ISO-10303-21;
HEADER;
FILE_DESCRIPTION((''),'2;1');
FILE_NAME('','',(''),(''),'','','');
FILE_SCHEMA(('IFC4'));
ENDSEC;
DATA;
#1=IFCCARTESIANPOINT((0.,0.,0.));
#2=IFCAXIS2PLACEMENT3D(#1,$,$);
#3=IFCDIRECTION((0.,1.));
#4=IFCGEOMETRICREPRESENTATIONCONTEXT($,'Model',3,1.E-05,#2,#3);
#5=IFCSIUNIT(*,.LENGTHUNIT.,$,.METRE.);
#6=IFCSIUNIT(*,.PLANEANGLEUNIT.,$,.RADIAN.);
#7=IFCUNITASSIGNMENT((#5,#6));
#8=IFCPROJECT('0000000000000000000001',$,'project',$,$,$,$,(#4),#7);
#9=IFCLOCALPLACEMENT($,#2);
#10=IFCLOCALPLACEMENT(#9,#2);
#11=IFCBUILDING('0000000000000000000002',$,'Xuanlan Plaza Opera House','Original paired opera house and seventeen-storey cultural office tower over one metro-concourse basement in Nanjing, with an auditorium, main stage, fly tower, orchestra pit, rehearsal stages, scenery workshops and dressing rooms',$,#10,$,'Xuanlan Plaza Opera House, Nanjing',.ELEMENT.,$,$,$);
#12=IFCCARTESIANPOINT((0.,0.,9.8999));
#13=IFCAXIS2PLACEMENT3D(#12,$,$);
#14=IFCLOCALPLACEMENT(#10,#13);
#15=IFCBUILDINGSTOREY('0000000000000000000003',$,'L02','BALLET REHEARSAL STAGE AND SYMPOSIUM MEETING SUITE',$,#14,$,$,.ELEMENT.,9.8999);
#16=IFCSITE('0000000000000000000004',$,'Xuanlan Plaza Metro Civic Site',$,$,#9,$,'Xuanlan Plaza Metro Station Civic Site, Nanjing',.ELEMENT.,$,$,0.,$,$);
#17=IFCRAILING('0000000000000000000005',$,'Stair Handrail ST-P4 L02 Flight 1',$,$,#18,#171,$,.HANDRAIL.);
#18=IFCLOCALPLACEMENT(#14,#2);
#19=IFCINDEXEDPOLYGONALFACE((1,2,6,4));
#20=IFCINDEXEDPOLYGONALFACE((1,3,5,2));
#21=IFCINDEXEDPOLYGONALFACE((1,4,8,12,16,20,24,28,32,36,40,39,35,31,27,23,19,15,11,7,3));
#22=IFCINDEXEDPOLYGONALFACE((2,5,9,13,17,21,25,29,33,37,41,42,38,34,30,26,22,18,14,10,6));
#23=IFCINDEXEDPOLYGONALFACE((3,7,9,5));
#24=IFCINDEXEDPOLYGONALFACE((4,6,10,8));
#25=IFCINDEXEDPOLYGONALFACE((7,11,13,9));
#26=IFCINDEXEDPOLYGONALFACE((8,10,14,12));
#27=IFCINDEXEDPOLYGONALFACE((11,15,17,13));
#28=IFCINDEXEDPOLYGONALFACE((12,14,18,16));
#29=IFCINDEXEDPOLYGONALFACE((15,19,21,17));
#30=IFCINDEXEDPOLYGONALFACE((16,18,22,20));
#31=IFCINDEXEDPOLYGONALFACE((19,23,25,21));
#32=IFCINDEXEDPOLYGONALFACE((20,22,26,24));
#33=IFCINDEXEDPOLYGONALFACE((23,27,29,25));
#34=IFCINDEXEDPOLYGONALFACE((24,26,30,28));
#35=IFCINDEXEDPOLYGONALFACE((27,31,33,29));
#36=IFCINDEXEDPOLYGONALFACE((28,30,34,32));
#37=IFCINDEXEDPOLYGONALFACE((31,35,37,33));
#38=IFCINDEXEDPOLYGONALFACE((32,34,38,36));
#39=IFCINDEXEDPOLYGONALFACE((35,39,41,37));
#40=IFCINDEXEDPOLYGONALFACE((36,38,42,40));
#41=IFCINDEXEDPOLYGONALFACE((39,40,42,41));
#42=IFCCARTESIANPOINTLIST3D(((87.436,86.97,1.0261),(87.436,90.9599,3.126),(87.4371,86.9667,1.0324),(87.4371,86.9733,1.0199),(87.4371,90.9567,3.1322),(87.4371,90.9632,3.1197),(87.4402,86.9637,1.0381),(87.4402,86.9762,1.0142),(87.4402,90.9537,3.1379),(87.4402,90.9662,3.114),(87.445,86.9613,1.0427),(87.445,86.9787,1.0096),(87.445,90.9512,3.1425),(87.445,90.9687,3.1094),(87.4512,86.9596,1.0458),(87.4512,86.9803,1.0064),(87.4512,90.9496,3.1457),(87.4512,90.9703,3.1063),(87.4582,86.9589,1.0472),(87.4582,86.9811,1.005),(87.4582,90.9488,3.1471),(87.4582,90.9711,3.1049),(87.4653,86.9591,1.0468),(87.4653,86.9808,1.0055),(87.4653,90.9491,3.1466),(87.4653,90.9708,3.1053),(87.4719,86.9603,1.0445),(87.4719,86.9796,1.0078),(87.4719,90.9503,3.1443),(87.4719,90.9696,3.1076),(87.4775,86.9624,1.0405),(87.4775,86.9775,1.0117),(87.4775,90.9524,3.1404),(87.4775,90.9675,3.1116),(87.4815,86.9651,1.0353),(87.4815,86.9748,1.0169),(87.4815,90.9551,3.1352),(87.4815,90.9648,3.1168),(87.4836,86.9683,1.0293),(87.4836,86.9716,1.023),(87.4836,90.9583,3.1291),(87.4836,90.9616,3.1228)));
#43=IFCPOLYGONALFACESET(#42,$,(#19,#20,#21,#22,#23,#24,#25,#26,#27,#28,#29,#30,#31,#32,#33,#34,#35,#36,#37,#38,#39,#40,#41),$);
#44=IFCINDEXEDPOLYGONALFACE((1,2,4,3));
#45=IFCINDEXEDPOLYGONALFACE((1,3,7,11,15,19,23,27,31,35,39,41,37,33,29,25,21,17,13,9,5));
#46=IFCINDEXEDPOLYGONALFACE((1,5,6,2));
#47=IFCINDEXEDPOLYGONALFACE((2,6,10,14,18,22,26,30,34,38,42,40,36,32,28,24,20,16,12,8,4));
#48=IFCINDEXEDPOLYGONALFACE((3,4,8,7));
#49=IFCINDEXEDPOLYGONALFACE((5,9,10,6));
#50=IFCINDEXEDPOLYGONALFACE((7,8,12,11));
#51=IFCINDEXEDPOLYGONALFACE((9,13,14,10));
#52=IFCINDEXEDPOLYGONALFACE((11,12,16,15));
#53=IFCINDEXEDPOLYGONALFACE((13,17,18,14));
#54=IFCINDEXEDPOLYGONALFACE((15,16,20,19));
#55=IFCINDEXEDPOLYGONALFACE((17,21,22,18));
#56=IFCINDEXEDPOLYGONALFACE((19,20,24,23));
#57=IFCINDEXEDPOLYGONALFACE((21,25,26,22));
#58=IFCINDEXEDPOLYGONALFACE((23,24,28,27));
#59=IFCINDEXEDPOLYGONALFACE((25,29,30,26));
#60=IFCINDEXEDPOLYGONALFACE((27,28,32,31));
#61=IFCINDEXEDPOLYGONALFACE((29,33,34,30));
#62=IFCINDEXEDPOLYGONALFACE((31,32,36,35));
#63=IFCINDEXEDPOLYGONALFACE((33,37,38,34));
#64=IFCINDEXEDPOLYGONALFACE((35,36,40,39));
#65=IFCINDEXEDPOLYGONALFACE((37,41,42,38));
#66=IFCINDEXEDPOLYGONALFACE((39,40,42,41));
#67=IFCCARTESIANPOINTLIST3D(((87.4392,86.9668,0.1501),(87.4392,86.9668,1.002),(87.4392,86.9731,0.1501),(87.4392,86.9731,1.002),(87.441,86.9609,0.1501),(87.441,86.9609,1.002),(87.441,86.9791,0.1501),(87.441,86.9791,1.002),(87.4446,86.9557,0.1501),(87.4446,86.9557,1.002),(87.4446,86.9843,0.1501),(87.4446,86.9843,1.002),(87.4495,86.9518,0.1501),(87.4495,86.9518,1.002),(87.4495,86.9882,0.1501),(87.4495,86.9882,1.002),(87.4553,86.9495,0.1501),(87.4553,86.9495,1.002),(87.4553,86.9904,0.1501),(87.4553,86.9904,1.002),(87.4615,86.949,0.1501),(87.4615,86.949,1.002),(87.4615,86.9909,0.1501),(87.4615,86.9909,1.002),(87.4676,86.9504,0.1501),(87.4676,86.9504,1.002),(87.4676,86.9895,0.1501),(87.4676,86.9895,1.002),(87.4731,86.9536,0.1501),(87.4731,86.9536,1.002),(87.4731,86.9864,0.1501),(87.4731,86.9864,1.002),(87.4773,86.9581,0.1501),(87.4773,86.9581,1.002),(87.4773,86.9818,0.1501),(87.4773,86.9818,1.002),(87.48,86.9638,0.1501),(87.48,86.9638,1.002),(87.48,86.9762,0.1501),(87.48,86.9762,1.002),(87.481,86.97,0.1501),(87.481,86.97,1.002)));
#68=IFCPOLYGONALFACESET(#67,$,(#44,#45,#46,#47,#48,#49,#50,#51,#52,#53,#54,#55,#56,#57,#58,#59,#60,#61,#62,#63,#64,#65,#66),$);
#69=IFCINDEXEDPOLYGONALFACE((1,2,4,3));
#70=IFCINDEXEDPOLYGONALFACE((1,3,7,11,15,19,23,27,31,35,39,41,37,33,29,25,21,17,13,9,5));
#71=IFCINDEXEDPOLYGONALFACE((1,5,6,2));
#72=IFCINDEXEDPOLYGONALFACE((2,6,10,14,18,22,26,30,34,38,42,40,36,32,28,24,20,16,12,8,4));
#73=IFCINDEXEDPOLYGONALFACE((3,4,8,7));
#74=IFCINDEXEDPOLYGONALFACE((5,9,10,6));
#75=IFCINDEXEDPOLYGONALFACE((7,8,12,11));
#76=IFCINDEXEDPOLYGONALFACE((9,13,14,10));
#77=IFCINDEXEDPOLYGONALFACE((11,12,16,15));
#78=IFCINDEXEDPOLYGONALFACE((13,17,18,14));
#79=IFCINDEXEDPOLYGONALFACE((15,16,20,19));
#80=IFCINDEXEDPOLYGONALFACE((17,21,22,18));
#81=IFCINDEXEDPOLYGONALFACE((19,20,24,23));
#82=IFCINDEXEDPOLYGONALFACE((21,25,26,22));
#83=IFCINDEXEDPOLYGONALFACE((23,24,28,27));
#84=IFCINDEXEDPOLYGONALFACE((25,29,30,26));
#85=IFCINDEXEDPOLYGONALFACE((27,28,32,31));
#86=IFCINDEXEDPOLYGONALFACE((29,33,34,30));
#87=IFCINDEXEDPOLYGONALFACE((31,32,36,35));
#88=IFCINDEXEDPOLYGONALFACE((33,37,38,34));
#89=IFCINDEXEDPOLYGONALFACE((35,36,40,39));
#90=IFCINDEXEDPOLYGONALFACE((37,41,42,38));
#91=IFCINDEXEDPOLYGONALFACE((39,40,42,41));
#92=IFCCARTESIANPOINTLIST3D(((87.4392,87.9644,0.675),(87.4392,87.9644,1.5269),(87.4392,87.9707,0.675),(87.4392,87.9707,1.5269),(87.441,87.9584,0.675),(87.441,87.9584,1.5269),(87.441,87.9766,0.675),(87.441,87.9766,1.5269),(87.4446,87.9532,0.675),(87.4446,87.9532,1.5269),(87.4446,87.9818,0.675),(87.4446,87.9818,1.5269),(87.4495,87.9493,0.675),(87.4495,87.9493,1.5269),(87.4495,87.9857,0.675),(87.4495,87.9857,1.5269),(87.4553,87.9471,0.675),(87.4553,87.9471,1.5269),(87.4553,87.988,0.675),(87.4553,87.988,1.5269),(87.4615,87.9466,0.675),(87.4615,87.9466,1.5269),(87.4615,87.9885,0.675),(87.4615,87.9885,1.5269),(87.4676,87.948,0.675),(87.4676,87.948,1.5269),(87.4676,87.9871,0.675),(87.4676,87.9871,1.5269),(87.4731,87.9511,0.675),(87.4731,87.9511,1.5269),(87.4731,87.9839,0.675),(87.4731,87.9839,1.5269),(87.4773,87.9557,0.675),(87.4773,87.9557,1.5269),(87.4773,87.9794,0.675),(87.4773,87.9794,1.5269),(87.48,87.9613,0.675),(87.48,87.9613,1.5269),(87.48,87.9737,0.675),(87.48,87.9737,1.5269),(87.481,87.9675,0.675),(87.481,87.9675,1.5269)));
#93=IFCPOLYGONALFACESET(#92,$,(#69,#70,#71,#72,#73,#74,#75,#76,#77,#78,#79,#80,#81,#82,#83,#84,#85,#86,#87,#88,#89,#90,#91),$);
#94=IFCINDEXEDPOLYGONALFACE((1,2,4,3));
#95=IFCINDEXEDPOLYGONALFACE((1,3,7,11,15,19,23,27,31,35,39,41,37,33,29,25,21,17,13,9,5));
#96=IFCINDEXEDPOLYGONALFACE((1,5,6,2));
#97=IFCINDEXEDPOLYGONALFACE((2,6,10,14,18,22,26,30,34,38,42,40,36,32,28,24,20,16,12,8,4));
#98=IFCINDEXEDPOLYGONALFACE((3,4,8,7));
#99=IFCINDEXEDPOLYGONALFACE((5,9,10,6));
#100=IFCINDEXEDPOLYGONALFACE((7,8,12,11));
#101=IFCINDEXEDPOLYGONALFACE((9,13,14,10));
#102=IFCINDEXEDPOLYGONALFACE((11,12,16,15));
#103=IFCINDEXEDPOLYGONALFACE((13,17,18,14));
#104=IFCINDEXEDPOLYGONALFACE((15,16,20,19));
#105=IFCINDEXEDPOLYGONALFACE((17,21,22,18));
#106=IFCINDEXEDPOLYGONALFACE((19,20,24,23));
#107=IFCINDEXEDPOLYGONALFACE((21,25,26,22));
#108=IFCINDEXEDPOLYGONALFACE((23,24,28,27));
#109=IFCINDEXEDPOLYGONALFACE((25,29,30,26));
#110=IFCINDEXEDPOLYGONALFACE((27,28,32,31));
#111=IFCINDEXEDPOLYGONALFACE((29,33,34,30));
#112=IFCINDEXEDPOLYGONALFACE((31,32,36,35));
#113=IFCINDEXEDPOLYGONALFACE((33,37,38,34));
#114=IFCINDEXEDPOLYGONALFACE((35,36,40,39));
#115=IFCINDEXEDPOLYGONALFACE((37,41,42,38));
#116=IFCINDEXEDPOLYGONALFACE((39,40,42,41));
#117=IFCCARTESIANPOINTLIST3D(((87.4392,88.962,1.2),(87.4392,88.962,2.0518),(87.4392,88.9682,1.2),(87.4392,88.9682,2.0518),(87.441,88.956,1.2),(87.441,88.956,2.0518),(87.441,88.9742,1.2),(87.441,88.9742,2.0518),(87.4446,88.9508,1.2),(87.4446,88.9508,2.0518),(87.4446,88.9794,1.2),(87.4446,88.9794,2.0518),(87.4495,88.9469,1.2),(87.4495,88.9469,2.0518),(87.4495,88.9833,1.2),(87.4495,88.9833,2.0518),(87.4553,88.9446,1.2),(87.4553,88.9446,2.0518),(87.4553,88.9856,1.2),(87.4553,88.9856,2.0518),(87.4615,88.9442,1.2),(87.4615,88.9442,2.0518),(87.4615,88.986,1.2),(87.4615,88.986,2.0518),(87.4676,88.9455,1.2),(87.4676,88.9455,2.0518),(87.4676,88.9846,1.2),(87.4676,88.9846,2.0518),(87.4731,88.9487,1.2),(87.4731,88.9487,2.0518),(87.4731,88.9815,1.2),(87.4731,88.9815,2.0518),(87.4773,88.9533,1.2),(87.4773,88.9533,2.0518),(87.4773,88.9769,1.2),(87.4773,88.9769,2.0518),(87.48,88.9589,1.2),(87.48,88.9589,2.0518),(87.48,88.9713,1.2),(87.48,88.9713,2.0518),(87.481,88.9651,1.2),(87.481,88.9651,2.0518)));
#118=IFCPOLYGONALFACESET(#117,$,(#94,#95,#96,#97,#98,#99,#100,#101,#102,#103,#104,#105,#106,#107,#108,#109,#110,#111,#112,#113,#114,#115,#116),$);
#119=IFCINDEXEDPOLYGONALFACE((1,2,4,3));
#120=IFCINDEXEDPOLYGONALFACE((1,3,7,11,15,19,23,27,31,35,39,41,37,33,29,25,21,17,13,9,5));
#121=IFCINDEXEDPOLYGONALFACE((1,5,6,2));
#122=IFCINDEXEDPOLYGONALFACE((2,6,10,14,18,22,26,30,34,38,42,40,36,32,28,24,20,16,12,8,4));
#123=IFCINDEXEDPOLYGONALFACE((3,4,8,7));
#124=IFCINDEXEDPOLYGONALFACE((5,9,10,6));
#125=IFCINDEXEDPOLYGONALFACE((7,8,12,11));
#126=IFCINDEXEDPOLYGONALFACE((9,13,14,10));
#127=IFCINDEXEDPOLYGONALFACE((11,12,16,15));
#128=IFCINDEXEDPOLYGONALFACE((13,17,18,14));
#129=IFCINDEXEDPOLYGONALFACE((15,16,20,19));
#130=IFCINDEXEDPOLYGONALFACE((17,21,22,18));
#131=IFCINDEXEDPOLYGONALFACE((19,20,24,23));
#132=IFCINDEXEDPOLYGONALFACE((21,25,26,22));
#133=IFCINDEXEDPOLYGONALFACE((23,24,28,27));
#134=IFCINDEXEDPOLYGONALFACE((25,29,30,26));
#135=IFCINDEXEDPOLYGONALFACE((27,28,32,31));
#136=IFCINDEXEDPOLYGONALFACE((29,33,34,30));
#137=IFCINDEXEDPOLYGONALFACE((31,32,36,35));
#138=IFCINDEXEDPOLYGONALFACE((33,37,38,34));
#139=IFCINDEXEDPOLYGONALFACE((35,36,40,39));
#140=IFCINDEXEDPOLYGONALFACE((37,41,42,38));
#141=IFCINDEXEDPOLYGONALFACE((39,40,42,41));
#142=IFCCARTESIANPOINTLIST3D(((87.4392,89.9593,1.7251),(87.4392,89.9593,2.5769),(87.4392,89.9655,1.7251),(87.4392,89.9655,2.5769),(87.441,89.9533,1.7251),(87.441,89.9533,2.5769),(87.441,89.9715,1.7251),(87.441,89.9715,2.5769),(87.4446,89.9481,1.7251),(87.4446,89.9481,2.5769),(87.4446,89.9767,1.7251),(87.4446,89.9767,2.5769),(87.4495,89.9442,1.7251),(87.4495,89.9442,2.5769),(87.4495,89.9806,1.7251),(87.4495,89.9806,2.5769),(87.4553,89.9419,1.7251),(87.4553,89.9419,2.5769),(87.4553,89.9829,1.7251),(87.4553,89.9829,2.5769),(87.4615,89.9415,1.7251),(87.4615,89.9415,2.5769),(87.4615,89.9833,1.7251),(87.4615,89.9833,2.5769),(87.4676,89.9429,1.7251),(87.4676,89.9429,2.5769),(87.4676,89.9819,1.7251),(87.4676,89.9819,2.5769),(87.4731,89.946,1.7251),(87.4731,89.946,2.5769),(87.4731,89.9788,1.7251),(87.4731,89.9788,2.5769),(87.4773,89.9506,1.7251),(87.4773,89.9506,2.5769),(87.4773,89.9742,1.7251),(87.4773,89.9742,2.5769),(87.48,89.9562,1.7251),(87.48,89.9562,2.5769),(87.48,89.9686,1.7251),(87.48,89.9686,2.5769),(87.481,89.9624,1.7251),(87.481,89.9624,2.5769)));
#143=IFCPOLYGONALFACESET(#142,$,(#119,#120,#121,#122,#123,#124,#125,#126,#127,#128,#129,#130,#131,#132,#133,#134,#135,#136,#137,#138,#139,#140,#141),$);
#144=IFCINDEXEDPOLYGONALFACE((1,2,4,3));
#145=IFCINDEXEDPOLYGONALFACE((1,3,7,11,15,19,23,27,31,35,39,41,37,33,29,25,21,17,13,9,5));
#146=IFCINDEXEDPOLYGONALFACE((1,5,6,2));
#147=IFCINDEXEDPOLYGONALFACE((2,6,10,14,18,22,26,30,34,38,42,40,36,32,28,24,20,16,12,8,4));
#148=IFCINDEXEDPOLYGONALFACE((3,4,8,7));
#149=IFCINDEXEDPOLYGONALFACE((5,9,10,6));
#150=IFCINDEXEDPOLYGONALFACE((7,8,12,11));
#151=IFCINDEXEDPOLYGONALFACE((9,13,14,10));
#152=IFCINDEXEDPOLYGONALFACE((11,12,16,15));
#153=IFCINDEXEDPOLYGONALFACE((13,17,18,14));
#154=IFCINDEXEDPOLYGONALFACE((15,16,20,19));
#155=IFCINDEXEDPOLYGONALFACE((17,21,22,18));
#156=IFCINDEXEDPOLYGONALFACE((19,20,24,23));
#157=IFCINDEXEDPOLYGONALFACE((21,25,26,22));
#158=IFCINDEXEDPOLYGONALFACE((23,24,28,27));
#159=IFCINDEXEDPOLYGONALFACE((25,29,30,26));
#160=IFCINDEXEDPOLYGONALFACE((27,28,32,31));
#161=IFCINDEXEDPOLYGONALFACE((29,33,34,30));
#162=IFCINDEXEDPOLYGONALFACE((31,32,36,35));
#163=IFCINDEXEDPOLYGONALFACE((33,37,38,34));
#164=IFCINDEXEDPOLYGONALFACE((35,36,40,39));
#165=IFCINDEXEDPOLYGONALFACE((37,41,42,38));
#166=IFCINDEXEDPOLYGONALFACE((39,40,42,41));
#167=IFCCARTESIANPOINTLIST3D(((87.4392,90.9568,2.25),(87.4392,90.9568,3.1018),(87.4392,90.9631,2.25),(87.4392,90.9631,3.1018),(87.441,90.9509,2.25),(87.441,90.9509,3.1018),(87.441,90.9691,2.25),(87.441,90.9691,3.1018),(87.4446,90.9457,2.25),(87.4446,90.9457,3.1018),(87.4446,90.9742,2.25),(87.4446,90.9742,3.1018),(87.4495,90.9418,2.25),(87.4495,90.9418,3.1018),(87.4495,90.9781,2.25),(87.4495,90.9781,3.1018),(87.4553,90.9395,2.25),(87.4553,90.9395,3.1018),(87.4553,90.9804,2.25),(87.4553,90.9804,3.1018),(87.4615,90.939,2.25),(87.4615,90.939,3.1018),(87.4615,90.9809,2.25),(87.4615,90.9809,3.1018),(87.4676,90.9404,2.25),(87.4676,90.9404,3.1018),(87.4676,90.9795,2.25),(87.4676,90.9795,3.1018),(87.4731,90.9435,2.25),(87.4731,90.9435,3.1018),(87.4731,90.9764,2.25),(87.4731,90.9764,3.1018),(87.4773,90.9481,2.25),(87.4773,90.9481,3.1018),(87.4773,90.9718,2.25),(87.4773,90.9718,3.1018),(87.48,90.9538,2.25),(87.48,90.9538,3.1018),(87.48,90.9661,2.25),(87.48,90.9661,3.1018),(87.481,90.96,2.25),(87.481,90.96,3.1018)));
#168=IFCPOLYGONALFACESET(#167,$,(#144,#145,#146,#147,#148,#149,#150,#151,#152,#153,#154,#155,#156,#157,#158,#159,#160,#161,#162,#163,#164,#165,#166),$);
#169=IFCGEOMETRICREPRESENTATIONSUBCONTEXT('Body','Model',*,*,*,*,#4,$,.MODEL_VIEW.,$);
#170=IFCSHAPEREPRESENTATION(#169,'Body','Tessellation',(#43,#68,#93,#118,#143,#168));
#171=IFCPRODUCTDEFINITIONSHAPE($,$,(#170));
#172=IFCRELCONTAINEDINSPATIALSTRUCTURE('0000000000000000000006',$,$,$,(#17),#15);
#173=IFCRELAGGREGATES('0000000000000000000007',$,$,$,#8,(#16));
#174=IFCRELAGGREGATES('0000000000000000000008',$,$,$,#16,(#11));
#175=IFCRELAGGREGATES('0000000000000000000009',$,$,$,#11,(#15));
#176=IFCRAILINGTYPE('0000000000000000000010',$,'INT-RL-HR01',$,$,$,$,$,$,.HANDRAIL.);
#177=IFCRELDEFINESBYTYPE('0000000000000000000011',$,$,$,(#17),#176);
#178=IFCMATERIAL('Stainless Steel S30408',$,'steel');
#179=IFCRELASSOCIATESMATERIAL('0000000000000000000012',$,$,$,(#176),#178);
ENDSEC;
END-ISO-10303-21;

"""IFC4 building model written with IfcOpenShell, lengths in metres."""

from ifc_helpers import new_model, si_unit, direction, frame, origin, origin_2d, place, context, subcontext, project, spatial, circle, extrude, material, type_object, element, save


model = new_model("IFC4")

# Units and contexts
model_context = context("Model", 3, precision=1e-05, world=origin(), true_north=direction((0.0, 1.0)))
body_context = subcontext(model_context, "Body", "Model", "MODEL_VIEW")
ifc_project = project(units=[si_unit("LENGTHUNIT", "METRE"), si_unit("PLANEANGLEUNIT", "RADIAN")], contexts=[model_context])

# Site, building, storey
site_placement = place(None, origin())
site = spatial("IfcSite", under=ifc_project, at=site_placement, Name="Xuanlan Plaza Metro Civic Site", LongName="Xuanlan Plaza Metro Station Civic Site, Nanjing", CompositionType="ELEMENT", RefElevation=0.0)
building_placement = place(site_placement, origin())
building = spatial("IfcBuilding", under=site, at=building_placement, Name="Xuanlan Plaza Opera House", Description="Original paired opera house and seventeen-storey cultural office tower over one metro-concourse basement in Nanjing, with an auditorium, main stage, fly tower, orchestra pit, rehearsal stages, scenery workshops and dressing rooms", LongName="Xuanlan Plaza Opera House, Nanjing", CompositionType="ELEMENT")
storey_placement = place(building_placement, frame((0.0, 0.0, 9.8999)))
storey = spatial("IfcBuildingStorey", under=building, at=storey_placement, Name="L02", Description="BALLET REHEARSAL STAGE AND SYMPOSIUM MEETING SUITE", CompositionType="ELEMENT", Elevation=9.8999)

# Railing
ifc_material_1 = material(Name="Stainless Steel S30408", Category="steel")
railing_type = type_object("IfcRailingType", Name="INT-RL-HR01", PredefinedType="HANDRAIL", material=ifc_material_1)
railing_placement = place(storey_placement, frame((87.46, 86.97, 0.1501)))
element("IfcRailing", 1, at=railing_placement, inside=storey, type_object=railing_type, Name="Stair Handrail ST-P4 L02 Flight 1", PredefinedType="HANDRAIL", context=body_context, shape_type="SweptSolid", body=[
    extrude(circle(Radius=0.0239, at=origin_2d()), frame((0.0, 0.0, 0.876), z_axis=(0.0, 0.884931, 0.465722), x_axis=(-1.0, 0.0, 0.0)), (0.0, 0.0, 1.0), 4.5088),
    extrude(circle(Radius=0.021, at=origin_2d()), origin(), (0.0, 0.0, 1.0), 0.8518),
    extrude(circle(Radius=0.021, at=origin_2d()), frame((0.0, 0.9976, 0.5249)), (0.0, 0.0, 1.0), 0.8518),
    extrude(circle(Radius=0.021, at=origin_2d()), frame((0.0, 1.9951, 1.0498)), (0.0, 0.0, 1.0), 0.8518),
    extrude(circle(Radius=0.021, at=origin_2d()), frame((0.0, 2.9924, 1.575)), (0.0, 0.0, 1.0), 0.8518),
    extrude(circle(Radius=0.021, at=origin_2d()), frame((0.0, 3.99, 2.0999)), (0.0, 0.0, 1.0), 0.8518),
])

save(model, "model.ifc")
